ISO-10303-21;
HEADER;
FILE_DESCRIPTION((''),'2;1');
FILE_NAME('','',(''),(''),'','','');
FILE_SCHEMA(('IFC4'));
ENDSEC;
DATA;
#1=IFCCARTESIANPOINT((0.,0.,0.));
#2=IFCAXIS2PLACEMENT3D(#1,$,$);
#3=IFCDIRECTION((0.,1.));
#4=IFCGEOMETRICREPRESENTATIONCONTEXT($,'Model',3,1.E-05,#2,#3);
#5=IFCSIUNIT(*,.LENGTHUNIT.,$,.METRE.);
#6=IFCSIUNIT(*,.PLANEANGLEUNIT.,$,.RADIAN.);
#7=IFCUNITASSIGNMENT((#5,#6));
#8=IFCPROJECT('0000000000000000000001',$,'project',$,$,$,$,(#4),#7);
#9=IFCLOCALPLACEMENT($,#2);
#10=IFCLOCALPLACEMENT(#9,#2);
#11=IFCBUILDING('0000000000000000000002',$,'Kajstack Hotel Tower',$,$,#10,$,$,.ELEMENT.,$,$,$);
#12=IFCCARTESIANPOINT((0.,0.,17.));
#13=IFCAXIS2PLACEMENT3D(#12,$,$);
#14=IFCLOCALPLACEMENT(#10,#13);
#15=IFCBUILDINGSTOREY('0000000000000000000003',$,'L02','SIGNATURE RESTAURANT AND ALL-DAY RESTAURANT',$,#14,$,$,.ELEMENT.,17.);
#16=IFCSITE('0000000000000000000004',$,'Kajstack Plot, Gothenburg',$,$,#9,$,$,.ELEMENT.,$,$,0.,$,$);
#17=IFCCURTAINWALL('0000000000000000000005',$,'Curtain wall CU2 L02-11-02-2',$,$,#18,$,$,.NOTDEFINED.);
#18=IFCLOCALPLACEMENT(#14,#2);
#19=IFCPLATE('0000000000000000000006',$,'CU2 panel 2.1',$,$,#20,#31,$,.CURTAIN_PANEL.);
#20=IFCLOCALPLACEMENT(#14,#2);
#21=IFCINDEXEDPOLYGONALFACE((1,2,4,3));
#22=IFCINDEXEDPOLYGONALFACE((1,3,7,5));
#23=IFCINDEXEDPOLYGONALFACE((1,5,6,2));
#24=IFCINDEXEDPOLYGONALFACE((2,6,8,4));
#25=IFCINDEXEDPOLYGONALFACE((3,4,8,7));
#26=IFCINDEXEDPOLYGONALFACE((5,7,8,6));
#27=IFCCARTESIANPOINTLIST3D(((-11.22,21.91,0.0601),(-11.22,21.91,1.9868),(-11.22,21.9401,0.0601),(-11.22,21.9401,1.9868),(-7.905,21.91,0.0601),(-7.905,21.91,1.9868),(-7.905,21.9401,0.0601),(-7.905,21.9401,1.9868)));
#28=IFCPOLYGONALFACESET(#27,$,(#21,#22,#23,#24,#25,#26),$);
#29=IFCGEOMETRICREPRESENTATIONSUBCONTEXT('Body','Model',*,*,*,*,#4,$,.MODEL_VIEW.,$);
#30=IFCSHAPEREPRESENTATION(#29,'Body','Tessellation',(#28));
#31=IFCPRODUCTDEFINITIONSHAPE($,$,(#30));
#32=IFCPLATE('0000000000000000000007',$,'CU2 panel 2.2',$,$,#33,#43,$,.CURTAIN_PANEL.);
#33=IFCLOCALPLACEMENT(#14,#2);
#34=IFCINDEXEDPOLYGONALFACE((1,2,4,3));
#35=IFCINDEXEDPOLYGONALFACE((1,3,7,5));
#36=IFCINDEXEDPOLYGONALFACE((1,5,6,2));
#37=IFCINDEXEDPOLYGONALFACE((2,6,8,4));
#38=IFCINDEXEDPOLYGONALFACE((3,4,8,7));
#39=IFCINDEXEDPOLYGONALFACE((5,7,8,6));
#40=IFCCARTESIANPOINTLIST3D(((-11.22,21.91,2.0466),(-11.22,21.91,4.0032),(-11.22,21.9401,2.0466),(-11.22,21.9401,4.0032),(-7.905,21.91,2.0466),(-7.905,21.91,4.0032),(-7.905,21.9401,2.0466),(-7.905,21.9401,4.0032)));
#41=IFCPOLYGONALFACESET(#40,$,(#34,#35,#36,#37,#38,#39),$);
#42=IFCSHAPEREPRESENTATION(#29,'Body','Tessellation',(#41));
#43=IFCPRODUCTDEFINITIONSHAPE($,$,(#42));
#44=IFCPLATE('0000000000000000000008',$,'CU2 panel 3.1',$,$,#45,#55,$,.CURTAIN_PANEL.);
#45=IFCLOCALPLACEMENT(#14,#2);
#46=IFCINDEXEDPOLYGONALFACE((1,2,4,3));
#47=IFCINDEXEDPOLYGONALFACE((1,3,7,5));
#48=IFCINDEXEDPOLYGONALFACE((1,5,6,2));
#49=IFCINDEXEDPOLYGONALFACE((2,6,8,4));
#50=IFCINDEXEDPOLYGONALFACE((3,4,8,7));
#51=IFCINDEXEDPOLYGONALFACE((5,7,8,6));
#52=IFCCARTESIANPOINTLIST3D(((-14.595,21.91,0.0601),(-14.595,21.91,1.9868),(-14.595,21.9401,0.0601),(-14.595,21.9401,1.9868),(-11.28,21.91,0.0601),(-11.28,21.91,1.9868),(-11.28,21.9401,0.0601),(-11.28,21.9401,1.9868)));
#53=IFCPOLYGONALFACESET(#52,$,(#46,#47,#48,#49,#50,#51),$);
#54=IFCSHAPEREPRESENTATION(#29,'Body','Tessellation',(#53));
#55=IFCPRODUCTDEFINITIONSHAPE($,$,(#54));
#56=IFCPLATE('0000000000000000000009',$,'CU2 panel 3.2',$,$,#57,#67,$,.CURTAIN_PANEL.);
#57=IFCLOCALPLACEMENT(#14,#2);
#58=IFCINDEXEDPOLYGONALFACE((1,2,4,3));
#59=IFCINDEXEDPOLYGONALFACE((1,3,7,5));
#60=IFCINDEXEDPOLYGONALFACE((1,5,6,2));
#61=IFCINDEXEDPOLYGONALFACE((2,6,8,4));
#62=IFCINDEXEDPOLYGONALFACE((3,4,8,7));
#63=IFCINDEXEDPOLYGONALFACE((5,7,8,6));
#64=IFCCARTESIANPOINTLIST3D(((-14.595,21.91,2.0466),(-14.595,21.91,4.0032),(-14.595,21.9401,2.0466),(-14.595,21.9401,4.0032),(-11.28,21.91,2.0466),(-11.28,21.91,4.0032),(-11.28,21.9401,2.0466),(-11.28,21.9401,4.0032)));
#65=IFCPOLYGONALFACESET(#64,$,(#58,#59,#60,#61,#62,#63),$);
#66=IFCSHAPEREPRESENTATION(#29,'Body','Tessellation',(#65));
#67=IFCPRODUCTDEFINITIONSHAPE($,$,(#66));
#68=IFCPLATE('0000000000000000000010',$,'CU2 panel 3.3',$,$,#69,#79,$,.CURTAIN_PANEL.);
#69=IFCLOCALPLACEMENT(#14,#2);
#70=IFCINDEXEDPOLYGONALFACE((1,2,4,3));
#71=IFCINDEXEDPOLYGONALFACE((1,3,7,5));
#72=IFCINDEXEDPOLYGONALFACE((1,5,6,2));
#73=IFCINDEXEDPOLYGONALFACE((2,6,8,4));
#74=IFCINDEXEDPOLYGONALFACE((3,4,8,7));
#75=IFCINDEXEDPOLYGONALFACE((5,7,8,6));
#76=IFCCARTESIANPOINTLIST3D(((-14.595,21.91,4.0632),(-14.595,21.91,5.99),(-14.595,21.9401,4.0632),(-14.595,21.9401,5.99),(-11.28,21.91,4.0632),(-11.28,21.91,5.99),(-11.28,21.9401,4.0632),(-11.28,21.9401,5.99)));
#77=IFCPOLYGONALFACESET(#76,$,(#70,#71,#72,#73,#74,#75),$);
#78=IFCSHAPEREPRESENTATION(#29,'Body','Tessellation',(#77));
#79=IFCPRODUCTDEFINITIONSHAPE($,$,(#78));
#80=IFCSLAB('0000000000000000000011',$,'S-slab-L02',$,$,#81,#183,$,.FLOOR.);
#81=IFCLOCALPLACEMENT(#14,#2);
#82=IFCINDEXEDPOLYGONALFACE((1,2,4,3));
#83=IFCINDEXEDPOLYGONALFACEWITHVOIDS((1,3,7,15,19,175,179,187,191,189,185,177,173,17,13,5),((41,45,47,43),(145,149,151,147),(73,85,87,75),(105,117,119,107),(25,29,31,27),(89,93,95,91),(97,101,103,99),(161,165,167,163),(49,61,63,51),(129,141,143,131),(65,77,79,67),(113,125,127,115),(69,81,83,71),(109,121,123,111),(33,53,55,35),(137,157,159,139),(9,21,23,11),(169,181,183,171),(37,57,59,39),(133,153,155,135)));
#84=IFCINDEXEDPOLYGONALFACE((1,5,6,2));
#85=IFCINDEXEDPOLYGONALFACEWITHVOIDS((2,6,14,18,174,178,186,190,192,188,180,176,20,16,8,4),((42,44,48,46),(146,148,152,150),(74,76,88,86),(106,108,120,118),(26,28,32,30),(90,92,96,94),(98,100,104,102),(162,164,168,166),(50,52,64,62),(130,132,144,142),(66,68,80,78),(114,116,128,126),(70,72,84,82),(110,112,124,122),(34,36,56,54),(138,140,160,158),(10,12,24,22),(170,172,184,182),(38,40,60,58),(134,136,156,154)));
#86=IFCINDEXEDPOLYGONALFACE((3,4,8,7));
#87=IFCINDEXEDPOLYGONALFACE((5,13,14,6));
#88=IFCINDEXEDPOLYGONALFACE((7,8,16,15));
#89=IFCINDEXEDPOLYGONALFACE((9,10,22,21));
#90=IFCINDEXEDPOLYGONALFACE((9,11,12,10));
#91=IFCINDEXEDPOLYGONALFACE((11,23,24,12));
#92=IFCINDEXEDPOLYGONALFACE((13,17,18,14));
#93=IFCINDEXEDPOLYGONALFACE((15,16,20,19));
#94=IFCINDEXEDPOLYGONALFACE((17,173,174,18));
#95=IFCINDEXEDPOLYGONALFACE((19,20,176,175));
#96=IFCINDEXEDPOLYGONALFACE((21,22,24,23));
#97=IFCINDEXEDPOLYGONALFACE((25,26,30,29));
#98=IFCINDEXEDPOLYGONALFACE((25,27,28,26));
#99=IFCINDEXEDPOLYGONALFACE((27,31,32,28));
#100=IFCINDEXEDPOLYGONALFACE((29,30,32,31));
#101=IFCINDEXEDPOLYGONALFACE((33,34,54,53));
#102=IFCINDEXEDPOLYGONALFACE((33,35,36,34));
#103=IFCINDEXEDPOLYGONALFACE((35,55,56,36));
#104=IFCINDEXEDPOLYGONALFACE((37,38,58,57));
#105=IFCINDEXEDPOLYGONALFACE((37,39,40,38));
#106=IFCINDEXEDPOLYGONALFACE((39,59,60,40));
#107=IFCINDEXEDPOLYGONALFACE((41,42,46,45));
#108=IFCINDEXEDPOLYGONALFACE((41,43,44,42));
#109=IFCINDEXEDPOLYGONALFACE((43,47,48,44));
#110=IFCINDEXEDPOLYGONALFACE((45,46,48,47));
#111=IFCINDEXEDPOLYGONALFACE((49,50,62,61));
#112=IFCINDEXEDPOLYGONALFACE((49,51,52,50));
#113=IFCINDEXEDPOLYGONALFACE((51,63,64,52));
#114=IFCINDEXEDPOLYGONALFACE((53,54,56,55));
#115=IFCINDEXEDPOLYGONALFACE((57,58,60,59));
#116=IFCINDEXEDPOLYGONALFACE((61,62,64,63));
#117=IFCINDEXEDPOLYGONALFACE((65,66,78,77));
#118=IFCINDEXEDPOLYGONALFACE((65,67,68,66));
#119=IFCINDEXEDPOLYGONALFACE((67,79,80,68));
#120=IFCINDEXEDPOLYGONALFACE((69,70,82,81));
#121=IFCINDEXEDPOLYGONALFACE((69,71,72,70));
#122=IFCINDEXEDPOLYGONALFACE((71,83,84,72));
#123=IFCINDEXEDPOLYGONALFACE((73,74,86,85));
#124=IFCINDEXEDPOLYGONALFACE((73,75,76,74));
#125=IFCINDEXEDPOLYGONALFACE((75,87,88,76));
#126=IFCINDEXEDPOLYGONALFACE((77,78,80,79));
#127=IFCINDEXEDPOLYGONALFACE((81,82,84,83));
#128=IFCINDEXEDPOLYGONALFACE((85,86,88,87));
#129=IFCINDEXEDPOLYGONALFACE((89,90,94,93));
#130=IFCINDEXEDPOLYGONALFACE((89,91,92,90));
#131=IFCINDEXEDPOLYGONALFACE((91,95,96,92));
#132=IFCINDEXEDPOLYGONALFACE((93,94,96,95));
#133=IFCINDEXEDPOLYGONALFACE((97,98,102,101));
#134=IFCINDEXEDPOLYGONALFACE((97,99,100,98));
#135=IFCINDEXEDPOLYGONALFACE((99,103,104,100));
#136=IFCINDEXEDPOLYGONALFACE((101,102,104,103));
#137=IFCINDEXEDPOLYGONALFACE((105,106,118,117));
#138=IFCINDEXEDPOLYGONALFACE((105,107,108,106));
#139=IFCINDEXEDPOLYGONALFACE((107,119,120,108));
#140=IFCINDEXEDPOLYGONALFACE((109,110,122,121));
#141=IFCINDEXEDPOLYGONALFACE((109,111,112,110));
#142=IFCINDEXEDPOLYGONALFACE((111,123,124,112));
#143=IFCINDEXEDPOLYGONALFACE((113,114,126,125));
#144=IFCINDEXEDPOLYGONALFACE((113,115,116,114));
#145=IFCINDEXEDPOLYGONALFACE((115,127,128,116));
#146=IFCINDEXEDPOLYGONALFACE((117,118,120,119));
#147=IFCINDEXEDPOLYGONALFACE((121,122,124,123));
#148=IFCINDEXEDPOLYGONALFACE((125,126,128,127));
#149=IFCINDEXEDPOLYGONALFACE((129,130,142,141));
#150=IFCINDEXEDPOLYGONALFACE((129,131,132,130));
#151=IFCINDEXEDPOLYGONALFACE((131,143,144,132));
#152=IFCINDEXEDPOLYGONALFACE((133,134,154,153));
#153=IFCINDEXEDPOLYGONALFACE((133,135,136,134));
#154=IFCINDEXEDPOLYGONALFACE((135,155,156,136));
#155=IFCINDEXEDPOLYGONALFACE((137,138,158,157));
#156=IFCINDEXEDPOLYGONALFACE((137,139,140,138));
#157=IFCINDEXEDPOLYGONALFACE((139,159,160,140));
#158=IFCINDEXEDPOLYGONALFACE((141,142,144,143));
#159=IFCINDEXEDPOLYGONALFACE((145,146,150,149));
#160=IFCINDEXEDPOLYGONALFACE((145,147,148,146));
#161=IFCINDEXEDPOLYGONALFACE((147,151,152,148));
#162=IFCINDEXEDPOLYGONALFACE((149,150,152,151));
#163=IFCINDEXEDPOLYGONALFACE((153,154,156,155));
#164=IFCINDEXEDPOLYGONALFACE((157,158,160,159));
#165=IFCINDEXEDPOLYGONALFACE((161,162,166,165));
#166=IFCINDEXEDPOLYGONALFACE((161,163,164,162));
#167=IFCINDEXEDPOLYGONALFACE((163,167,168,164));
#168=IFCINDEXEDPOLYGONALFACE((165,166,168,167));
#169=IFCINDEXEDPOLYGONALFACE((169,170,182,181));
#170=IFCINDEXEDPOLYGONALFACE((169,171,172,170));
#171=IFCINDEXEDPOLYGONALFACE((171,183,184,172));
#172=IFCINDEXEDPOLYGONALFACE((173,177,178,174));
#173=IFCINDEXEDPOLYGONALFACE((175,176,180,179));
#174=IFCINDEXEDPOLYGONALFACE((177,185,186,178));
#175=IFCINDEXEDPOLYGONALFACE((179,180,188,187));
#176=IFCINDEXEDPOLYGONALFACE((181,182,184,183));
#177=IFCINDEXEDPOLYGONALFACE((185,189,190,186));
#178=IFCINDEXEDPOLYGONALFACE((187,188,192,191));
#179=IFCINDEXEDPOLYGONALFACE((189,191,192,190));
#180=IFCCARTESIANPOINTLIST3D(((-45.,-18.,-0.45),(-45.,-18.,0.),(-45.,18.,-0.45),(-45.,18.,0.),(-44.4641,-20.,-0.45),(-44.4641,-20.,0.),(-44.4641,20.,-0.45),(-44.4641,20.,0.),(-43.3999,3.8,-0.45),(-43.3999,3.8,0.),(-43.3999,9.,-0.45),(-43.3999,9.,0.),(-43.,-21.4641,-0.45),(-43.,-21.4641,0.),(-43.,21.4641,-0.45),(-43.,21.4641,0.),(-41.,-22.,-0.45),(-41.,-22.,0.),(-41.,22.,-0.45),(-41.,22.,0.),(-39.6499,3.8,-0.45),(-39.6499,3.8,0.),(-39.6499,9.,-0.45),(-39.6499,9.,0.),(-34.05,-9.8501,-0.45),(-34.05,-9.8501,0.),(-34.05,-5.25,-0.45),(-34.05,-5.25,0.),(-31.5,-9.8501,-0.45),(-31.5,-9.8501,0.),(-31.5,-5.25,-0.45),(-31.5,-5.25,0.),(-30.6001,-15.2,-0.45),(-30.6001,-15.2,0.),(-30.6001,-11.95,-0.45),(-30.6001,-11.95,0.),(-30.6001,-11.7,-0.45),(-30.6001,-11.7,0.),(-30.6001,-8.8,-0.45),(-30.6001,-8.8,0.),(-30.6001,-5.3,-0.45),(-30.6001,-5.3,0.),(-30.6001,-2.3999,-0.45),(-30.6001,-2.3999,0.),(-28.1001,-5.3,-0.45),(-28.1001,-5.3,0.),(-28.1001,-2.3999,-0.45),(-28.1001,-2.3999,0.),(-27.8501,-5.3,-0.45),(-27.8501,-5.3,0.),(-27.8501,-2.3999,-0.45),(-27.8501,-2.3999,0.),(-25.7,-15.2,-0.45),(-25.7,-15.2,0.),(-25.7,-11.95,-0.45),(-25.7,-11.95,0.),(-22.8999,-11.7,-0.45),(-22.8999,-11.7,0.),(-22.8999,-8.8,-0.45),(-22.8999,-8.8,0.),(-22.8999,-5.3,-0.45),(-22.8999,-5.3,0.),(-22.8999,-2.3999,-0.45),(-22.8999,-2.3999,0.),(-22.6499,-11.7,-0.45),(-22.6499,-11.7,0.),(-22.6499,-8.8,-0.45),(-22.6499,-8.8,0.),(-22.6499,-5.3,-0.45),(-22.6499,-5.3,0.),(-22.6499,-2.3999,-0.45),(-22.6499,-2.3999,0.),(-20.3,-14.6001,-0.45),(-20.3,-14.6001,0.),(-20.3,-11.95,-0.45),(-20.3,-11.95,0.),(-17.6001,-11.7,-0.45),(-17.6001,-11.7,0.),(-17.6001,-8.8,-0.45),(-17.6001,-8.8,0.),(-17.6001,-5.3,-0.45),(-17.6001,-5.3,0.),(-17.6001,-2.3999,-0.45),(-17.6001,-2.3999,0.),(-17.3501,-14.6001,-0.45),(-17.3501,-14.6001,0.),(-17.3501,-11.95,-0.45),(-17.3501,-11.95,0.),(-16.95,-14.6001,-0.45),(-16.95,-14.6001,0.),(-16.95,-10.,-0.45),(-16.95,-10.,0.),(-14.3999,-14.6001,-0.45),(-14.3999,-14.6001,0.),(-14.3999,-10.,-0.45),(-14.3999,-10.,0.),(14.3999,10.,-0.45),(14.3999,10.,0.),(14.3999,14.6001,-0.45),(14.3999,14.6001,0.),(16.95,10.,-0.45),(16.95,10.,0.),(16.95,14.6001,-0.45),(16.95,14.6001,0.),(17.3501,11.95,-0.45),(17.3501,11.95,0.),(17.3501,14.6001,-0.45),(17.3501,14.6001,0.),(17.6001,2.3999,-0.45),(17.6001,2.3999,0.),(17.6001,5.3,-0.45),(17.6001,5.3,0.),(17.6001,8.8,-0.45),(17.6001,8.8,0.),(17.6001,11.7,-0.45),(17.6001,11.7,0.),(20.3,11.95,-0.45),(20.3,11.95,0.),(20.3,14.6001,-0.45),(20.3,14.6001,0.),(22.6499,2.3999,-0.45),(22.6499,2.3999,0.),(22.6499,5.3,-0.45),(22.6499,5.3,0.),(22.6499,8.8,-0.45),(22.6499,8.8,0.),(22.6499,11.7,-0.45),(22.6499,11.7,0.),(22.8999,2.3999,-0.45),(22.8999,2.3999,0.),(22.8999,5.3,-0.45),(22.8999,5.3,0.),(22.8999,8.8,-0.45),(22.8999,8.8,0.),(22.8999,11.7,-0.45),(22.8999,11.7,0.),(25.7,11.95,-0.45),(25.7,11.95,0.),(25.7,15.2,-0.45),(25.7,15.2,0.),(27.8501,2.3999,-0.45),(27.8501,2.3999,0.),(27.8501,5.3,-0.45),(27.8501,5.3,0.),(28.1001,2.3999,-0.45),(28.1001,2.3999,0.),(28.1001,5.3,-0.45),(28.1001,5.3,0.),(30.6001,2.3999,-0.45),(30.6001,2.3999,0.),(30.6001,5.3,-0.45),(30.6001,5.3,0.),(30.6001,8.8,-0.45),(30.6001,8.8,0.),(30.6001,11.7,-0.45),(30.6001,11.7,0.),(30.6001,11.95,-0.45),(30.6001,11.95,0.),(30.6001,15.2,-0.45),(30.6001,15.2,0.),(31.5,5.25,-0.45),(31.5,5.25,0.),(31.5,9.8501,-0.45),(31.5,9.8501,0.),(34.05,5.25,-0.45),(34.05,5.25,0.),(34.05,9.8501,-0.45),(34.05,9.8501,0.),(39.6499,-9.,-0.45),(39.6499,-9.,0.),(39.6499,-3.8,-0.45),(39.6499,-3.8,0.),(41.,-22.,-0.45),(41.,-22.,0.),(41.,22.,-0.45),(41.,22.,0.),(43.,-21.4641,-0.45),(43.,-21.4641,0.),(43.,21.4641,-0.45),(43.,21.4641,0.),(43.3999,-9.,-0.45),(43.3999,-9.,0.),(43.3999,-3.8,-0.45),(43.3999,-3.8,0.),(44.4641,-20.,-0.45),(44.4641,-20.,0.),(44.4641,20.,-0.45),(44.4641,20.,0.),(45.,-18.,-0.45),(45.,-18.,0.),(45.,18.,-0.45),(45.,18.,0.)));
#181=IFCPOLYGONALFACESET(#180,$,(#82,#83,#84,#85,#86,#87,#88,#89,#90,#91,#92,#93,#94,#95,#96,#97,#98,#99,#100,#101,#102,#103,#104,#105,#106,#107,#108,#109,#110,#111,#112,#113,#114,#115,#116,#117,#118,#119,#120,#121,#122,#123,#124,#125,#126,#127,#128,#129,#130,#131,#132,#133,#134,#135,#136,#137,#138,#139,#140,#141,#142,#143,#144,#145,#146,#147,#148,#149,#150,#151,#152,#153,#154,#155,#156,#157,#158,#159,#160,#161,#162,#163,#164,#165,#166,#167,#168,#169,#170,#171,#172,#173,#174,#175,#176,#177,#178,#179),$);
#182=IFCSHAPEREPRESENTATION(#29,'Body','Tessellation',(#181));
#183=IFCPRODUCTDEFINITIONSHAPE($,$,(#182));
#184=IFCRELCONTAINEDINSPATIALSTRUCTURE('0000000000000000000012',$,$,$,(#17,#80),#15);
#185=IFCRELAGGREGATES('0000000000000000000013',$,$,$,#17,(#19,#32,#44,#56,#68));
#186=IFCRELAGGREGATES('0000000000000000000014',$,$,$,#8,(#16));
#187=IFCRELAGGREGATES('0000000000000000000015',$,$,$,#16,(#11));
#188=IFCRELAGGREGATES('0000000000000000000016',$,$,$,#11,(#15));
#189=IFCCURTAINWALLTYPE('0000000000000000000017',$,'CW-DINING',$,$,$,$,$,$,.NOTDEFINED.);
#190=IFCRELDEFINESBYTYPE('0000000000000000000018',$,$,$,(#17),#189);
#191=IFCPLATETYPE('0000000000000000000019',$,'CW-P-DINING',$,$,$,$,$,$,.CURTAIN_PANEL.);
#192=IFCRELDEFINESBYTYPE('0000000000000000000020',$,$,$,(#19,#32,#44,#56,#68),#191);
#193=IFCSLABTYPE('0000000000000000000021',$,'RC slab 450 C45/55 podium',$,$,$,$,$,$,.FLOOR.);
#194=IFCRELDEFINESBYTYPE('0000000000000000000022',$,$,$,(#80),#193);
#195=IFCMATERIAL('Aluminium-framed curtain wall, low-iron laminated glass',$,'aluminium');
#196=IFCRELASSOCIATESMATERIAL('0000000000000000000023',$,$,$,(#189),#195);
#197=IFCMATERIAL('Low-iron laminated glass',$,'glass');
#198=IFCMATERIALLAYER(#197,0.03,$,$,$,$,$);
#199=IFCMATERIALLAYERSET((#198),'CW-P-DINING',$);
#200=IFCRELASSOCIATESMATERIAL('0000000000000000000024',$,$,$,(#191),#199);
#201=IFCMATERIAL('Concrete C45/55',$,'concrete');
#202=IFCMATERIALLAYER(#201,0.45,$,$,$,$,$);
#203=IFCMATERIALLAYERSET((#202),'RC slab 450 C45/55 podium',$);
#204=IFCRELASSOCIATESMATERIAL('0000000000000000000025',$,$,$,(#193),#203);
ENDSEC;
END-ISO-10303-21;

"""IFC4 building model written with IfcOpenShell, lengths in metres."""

from ifc_helpers import new_model, si_unit, direction, frame, origin, origin_2d, place, context, subcontext, project, spatial, polyline, rectangle, outline, extrude, material, layer, layer_set, type_object, element, aggregate, save


model = new_model("IFC4")

# Units and contexts
model_context = context("Model", 3, precision=1e-05, world=origin(), true_north=direction((0.0, 1.0)))
body_context = subcontext(model_context, "Body", "Model", "MODEL_VIEW")
ifc_project = project(units=[si_unit("LENGTHUNIT", "METRE"), si_unit("PLANEANGLEUNIT", "RADIAN")], contexts=[model_context])

# Site, building, storey
site_placement = place(None, origin())
site = spatial("IfcSite", under=ifc_project, at=site_placement, Name="Kajstack Plot, Gothenburg", CompositionType="ELEMENT", RefElevation=0.0)
building_placement = place(site_placement, origin())
building = spatial("IfcBuilding", under=site, at=building_placement, Name="Kajstack Hotel Tower", CompositionType="ELEMENT")
storey_placement = place(building_placement, frame((0.0, 0.0, 17.0)))
storey = spatial("IfcBuildingStorey", under=building, at=storey_placement, Name="L02", Description="SIGNATURE RESTAURANT AND ALL-DAY RESTAURANT", CompositionType="ELEMENT", Elevation=17.0)

# Curtain wall, plates
ifc_material_1 = material(Name="Aluminium-framed curtain wall, low-iron laminated glass", Category="aluminium")
curtain_wall_type = type_object("IfcCurtainWallType", Name="CW-DINING", PredefinedType="NOTDEFINED", material=ifc_material_1)
curtain_wall_placement = place(storey_placement, origin())
curtain_wall = element("IfcCurtainWall", 1, at=curtain_wall_placement, inside=storey, type_object=curtain_wall_type, Name="Curtain wall CU2 L02-11-02-2", PredefinedType="NOTDEFINED")
ifc_material_2 = material(Name="Low-iron laminated glass", Category="glass")
ifc_layer_1 = layer(ifc_material_2, 0.03)
ifc_layer_set_1 = layer_set([ifc_layer_1], Name="CW-P-DINING")
plate_type = type_object("IfcPlateType", Name="CW-P-DINING", PredefinedType="CURTAIN_PANEL", material=ifc_layer_set_1)
plate_1_placement = place(storey_placement, frame((-9.5625, 21.925, 0.0601), z_axis=(0.0, 0.0, 1.0), x_axis=(-1.0, 0.0, 0.0)))
plate_1 = element("IfcPlate", 2, at=plate_1_placement, type_object=plate_type, Name="CU2 panel 2.1", PredefinedType="CURTAIN_PANEL", context=body_context, shape_type="SweptSolid", body=[
    extrude(rectangle(XDim=3.3149, YDim=0.03, at=origin_2d()), origin(), (0.0, 0.0, 1.0), 1.9268),
])
plate_2_placement = place(storey_placement, frame((-9.5625, 21.925, 2.0466), z_axis=(0.0, 0.0, 1.0), x_axis=(-1.0, 0.0, 0.0)))
plate_2 = element("IfcPlate", 3, at=plate_2_placement, type_object=plate_type, Name="CU2 panel 2.2", PredefinedType="CURTAIN_PANEL", context=body_context, shape_type="SweptSolid", body=[
    extrude(rectangle(XDim=3.3149, YDim=0.03, at=origin_2d()), origin(), (0.0, 0.0, 1.0), 1.9565),
])
plate_3_placement = place(storey_placement, frame((-12.9375, 21.925, 0.0601), z_axis=(0.0, 0.0, 1.0), x_axis=(-1.0, 0.0, 0.0)))
plate_3 = element("IfcPlate", 4, at=plate_3_placement, type_object=plate_type, Name="CU2 panel 3.1", PredefinedType="CURTAIN_PANEL", context=body_context, shape_type="SweptSolid", body=[
    extrude(rectangle(XDim=3.3149, YDim=0.03, at=origin_2d()), origin(), (0.0, 0.0, 1.0), 1.9268),
])
plate_4_placement = place(storey_placement, frame((-12.9375, 21.925, 2.0466), z_axis=(0.0, 0.0, 1.0), x_axis=(-1.0, 0.0, 0.0)))
plate_4 = element("IfcPlate", 5, at=plate_4_placement, type_object=plate_type, Name="CU2 panel 3.2", PredefinedType="CURTAIN_PANEL", context=body_context, shape_type="SweptSolid", body=[
    extrude(rectangle(XDim=3.3149, YDim=0.03, at=origin_2d()), origin(), (0.0, 0.0, 1.0), 1.9565),
])
plate_5_placement = place(storey_placement, frame((-12.9375, 21.925, 4.0632), z_axis=(0.0, 0.0, 1.0), x_axis=(-1.0, 0.0, 0.0)))
plate_5 = element("IfcPlate", 6, at=plate_5_placement, type_object=plate_type, Name="CU2 panel 3.3", PredefinedType="CURTAIN_PANEL", context=body_context, shape_type="SweptSolid", body=[
    extrude(rectangle(XDim=3.3149, YDim=0.03, at=origin_2d()), origin(), (0.0, 0.0, 1.0), 1.9268),
])
aggregate(curtain_wall, [plate_1, plate_2, plate_3, plate_4, plate_5])

# Slab
ifc_material_3 = material(Name="Concrete C45/55", Category="concrete")
ifc_layer_2 = layer(ifc_material_3, 0.45)
ifc_layer_set_2 = layer_set([ifc_layer_2], Name="RC slab 450 C45/55 podium")
slab_type_1 = type_object("IfcSlabType", Name="RC slab 450 C45/55 podium", PredefinedType="FLOOR", material=ifc_layer_set_2)
slab_1_placement = place(storey_placement, frame((0.0, 0.0, -0.45)))
element("IfcSlab", 7, at=slab_1_placement, inside=storey, type_object=slab_type_1, Name="S-slab-L02", PredefinedType="FLOOR", context=body_context, shape_type="SweptSolid", body=[
    extrude(outline(polyline([(-45.0, -18.0), (-44.4641, -20.0), (-43.0, -21.4641), (-41.0, -22.0), (41.0, -22.0), (43.0, -21.4641), (44.4641, -20.0), (45.0, -18.0), (45.0, 18.0), (44.4641, 20.0), (43.0, 21.4641), (41.0, 22.0), (-41.0, 22.0), (-43.0, 21.4641), (-44.4641, 20.0), (-45.0, 18.0), (-45.0, -18.0)]), holes=[polyline([(-30.6001, -11.7), (-30.6001, -8.8), (-22.8999, -8.8), (-22.8999, -11.7), (-30.6001, -11.7)]), polyline([(-22.6499, -11.7), (-22.6499, -8.8), (-17.6001, -8.8), (-17.6001, -11.7), (-22.6499, -11.7)]), polyline([(-27.8501, -5.3), (-27.8501, -2.3999), (-22.8999, -2.3999), (-22.8999, -5.3), (-27.8501, -5.3)]), polyline([(-22.6499, -5.3), (-22.6499, -2.3999), (-17.6001, -2.3999), (-17.6001, -5.3), (-22.6499, -5.3)]), polyline([(-20.3, -14.6001), (-17.3501, -14.6001), (-17.3501, -11.95), (-20.3, -11.95), (-20.3, -14.6001)]), polyline([(-30.6001, -5.3), (-28.1001, -5.3), (-28.1001, -2.3999), (-30.6001, -2.3999), (-30.6001, -5.3)]), polyline([(22.8999, 8.8), (22.8999, 11.7), (30.6001, 11.7), (30.6001, 8.8), (22.8999, 8.8)]), polyline([(17.6001, 8.8), (17.6001, 11.7), (22.6499, 11.7), (22.6499, 8.8), (17.6001, 8.8)]), polyline([(22.8999, 2.3999), (22.8999, 5.3), (27.8501, 5.3), (27.8501, 2.3999), (22.8999, 2.3999)]), polyline([(17.6001, 2.3999), (17.6001, 5.3), (22.6499, 5.3), (22.6499, 2.3999), (17.6001, 2.3999)]), polyline([(20.3, 14.6001), (17.3501, 14.6001), (17.3501, 11.95), (20.3, 11.95), (20.3, 14.6001)]), polyline([(30.6001, 5.3), (28.1001, 5.3), (28.1001, 2.3999), (30.6001, 2.3999), (30.6001, 5.3)]), polyline([(-34.05, -9.8501), (-31.5, -9.8501), (-31.5, -5.25), (-34.05, -5.25), (-34.05, -9.8501)]), polyline([(-16.95, -14.6001), (-14.3999, -14.6001), (-14.3999, -10.0), (-16.95, -10.0), (-16.95, -14.6001)]), polyline([(-30.6001, -15.2), (-25.7, -15.2), (-25.7, -11.95), (-30.6001, -11.95), (-30.6001, -15.2)]), polyline([(34.05, 9.8501), (31.5, 9.8501), (31.5, 5.25), (34.05, 5.25), (34.05, 9.8501)]), polyline([(16.95, 14.6001), (14.3999, 14.6001), (14.3999, 10.0), (16.95, 10.0), (16.95, 14.6001)]), polyline([(30.6001, 15.2), (25.7, 15.2), (25.7, 11.95), (30.6001, 11.95), (30.6001, 15.2)]), polyline([(-43.3999, 3.8), (-39.6499, 3.8), (-39.6499, 9.0), (-43.3999, 9.0), (-43.3999, 3.8)]), polyline([(39.6499, -9.0), (43.3999, -9.0), (43.3999, -3.8), (39.6499, -3.8), (39.6499, -9.0)])]), origin(), (0.0, 0.0, 1.0), 0.45),
])

save(model, "model.ifc")
